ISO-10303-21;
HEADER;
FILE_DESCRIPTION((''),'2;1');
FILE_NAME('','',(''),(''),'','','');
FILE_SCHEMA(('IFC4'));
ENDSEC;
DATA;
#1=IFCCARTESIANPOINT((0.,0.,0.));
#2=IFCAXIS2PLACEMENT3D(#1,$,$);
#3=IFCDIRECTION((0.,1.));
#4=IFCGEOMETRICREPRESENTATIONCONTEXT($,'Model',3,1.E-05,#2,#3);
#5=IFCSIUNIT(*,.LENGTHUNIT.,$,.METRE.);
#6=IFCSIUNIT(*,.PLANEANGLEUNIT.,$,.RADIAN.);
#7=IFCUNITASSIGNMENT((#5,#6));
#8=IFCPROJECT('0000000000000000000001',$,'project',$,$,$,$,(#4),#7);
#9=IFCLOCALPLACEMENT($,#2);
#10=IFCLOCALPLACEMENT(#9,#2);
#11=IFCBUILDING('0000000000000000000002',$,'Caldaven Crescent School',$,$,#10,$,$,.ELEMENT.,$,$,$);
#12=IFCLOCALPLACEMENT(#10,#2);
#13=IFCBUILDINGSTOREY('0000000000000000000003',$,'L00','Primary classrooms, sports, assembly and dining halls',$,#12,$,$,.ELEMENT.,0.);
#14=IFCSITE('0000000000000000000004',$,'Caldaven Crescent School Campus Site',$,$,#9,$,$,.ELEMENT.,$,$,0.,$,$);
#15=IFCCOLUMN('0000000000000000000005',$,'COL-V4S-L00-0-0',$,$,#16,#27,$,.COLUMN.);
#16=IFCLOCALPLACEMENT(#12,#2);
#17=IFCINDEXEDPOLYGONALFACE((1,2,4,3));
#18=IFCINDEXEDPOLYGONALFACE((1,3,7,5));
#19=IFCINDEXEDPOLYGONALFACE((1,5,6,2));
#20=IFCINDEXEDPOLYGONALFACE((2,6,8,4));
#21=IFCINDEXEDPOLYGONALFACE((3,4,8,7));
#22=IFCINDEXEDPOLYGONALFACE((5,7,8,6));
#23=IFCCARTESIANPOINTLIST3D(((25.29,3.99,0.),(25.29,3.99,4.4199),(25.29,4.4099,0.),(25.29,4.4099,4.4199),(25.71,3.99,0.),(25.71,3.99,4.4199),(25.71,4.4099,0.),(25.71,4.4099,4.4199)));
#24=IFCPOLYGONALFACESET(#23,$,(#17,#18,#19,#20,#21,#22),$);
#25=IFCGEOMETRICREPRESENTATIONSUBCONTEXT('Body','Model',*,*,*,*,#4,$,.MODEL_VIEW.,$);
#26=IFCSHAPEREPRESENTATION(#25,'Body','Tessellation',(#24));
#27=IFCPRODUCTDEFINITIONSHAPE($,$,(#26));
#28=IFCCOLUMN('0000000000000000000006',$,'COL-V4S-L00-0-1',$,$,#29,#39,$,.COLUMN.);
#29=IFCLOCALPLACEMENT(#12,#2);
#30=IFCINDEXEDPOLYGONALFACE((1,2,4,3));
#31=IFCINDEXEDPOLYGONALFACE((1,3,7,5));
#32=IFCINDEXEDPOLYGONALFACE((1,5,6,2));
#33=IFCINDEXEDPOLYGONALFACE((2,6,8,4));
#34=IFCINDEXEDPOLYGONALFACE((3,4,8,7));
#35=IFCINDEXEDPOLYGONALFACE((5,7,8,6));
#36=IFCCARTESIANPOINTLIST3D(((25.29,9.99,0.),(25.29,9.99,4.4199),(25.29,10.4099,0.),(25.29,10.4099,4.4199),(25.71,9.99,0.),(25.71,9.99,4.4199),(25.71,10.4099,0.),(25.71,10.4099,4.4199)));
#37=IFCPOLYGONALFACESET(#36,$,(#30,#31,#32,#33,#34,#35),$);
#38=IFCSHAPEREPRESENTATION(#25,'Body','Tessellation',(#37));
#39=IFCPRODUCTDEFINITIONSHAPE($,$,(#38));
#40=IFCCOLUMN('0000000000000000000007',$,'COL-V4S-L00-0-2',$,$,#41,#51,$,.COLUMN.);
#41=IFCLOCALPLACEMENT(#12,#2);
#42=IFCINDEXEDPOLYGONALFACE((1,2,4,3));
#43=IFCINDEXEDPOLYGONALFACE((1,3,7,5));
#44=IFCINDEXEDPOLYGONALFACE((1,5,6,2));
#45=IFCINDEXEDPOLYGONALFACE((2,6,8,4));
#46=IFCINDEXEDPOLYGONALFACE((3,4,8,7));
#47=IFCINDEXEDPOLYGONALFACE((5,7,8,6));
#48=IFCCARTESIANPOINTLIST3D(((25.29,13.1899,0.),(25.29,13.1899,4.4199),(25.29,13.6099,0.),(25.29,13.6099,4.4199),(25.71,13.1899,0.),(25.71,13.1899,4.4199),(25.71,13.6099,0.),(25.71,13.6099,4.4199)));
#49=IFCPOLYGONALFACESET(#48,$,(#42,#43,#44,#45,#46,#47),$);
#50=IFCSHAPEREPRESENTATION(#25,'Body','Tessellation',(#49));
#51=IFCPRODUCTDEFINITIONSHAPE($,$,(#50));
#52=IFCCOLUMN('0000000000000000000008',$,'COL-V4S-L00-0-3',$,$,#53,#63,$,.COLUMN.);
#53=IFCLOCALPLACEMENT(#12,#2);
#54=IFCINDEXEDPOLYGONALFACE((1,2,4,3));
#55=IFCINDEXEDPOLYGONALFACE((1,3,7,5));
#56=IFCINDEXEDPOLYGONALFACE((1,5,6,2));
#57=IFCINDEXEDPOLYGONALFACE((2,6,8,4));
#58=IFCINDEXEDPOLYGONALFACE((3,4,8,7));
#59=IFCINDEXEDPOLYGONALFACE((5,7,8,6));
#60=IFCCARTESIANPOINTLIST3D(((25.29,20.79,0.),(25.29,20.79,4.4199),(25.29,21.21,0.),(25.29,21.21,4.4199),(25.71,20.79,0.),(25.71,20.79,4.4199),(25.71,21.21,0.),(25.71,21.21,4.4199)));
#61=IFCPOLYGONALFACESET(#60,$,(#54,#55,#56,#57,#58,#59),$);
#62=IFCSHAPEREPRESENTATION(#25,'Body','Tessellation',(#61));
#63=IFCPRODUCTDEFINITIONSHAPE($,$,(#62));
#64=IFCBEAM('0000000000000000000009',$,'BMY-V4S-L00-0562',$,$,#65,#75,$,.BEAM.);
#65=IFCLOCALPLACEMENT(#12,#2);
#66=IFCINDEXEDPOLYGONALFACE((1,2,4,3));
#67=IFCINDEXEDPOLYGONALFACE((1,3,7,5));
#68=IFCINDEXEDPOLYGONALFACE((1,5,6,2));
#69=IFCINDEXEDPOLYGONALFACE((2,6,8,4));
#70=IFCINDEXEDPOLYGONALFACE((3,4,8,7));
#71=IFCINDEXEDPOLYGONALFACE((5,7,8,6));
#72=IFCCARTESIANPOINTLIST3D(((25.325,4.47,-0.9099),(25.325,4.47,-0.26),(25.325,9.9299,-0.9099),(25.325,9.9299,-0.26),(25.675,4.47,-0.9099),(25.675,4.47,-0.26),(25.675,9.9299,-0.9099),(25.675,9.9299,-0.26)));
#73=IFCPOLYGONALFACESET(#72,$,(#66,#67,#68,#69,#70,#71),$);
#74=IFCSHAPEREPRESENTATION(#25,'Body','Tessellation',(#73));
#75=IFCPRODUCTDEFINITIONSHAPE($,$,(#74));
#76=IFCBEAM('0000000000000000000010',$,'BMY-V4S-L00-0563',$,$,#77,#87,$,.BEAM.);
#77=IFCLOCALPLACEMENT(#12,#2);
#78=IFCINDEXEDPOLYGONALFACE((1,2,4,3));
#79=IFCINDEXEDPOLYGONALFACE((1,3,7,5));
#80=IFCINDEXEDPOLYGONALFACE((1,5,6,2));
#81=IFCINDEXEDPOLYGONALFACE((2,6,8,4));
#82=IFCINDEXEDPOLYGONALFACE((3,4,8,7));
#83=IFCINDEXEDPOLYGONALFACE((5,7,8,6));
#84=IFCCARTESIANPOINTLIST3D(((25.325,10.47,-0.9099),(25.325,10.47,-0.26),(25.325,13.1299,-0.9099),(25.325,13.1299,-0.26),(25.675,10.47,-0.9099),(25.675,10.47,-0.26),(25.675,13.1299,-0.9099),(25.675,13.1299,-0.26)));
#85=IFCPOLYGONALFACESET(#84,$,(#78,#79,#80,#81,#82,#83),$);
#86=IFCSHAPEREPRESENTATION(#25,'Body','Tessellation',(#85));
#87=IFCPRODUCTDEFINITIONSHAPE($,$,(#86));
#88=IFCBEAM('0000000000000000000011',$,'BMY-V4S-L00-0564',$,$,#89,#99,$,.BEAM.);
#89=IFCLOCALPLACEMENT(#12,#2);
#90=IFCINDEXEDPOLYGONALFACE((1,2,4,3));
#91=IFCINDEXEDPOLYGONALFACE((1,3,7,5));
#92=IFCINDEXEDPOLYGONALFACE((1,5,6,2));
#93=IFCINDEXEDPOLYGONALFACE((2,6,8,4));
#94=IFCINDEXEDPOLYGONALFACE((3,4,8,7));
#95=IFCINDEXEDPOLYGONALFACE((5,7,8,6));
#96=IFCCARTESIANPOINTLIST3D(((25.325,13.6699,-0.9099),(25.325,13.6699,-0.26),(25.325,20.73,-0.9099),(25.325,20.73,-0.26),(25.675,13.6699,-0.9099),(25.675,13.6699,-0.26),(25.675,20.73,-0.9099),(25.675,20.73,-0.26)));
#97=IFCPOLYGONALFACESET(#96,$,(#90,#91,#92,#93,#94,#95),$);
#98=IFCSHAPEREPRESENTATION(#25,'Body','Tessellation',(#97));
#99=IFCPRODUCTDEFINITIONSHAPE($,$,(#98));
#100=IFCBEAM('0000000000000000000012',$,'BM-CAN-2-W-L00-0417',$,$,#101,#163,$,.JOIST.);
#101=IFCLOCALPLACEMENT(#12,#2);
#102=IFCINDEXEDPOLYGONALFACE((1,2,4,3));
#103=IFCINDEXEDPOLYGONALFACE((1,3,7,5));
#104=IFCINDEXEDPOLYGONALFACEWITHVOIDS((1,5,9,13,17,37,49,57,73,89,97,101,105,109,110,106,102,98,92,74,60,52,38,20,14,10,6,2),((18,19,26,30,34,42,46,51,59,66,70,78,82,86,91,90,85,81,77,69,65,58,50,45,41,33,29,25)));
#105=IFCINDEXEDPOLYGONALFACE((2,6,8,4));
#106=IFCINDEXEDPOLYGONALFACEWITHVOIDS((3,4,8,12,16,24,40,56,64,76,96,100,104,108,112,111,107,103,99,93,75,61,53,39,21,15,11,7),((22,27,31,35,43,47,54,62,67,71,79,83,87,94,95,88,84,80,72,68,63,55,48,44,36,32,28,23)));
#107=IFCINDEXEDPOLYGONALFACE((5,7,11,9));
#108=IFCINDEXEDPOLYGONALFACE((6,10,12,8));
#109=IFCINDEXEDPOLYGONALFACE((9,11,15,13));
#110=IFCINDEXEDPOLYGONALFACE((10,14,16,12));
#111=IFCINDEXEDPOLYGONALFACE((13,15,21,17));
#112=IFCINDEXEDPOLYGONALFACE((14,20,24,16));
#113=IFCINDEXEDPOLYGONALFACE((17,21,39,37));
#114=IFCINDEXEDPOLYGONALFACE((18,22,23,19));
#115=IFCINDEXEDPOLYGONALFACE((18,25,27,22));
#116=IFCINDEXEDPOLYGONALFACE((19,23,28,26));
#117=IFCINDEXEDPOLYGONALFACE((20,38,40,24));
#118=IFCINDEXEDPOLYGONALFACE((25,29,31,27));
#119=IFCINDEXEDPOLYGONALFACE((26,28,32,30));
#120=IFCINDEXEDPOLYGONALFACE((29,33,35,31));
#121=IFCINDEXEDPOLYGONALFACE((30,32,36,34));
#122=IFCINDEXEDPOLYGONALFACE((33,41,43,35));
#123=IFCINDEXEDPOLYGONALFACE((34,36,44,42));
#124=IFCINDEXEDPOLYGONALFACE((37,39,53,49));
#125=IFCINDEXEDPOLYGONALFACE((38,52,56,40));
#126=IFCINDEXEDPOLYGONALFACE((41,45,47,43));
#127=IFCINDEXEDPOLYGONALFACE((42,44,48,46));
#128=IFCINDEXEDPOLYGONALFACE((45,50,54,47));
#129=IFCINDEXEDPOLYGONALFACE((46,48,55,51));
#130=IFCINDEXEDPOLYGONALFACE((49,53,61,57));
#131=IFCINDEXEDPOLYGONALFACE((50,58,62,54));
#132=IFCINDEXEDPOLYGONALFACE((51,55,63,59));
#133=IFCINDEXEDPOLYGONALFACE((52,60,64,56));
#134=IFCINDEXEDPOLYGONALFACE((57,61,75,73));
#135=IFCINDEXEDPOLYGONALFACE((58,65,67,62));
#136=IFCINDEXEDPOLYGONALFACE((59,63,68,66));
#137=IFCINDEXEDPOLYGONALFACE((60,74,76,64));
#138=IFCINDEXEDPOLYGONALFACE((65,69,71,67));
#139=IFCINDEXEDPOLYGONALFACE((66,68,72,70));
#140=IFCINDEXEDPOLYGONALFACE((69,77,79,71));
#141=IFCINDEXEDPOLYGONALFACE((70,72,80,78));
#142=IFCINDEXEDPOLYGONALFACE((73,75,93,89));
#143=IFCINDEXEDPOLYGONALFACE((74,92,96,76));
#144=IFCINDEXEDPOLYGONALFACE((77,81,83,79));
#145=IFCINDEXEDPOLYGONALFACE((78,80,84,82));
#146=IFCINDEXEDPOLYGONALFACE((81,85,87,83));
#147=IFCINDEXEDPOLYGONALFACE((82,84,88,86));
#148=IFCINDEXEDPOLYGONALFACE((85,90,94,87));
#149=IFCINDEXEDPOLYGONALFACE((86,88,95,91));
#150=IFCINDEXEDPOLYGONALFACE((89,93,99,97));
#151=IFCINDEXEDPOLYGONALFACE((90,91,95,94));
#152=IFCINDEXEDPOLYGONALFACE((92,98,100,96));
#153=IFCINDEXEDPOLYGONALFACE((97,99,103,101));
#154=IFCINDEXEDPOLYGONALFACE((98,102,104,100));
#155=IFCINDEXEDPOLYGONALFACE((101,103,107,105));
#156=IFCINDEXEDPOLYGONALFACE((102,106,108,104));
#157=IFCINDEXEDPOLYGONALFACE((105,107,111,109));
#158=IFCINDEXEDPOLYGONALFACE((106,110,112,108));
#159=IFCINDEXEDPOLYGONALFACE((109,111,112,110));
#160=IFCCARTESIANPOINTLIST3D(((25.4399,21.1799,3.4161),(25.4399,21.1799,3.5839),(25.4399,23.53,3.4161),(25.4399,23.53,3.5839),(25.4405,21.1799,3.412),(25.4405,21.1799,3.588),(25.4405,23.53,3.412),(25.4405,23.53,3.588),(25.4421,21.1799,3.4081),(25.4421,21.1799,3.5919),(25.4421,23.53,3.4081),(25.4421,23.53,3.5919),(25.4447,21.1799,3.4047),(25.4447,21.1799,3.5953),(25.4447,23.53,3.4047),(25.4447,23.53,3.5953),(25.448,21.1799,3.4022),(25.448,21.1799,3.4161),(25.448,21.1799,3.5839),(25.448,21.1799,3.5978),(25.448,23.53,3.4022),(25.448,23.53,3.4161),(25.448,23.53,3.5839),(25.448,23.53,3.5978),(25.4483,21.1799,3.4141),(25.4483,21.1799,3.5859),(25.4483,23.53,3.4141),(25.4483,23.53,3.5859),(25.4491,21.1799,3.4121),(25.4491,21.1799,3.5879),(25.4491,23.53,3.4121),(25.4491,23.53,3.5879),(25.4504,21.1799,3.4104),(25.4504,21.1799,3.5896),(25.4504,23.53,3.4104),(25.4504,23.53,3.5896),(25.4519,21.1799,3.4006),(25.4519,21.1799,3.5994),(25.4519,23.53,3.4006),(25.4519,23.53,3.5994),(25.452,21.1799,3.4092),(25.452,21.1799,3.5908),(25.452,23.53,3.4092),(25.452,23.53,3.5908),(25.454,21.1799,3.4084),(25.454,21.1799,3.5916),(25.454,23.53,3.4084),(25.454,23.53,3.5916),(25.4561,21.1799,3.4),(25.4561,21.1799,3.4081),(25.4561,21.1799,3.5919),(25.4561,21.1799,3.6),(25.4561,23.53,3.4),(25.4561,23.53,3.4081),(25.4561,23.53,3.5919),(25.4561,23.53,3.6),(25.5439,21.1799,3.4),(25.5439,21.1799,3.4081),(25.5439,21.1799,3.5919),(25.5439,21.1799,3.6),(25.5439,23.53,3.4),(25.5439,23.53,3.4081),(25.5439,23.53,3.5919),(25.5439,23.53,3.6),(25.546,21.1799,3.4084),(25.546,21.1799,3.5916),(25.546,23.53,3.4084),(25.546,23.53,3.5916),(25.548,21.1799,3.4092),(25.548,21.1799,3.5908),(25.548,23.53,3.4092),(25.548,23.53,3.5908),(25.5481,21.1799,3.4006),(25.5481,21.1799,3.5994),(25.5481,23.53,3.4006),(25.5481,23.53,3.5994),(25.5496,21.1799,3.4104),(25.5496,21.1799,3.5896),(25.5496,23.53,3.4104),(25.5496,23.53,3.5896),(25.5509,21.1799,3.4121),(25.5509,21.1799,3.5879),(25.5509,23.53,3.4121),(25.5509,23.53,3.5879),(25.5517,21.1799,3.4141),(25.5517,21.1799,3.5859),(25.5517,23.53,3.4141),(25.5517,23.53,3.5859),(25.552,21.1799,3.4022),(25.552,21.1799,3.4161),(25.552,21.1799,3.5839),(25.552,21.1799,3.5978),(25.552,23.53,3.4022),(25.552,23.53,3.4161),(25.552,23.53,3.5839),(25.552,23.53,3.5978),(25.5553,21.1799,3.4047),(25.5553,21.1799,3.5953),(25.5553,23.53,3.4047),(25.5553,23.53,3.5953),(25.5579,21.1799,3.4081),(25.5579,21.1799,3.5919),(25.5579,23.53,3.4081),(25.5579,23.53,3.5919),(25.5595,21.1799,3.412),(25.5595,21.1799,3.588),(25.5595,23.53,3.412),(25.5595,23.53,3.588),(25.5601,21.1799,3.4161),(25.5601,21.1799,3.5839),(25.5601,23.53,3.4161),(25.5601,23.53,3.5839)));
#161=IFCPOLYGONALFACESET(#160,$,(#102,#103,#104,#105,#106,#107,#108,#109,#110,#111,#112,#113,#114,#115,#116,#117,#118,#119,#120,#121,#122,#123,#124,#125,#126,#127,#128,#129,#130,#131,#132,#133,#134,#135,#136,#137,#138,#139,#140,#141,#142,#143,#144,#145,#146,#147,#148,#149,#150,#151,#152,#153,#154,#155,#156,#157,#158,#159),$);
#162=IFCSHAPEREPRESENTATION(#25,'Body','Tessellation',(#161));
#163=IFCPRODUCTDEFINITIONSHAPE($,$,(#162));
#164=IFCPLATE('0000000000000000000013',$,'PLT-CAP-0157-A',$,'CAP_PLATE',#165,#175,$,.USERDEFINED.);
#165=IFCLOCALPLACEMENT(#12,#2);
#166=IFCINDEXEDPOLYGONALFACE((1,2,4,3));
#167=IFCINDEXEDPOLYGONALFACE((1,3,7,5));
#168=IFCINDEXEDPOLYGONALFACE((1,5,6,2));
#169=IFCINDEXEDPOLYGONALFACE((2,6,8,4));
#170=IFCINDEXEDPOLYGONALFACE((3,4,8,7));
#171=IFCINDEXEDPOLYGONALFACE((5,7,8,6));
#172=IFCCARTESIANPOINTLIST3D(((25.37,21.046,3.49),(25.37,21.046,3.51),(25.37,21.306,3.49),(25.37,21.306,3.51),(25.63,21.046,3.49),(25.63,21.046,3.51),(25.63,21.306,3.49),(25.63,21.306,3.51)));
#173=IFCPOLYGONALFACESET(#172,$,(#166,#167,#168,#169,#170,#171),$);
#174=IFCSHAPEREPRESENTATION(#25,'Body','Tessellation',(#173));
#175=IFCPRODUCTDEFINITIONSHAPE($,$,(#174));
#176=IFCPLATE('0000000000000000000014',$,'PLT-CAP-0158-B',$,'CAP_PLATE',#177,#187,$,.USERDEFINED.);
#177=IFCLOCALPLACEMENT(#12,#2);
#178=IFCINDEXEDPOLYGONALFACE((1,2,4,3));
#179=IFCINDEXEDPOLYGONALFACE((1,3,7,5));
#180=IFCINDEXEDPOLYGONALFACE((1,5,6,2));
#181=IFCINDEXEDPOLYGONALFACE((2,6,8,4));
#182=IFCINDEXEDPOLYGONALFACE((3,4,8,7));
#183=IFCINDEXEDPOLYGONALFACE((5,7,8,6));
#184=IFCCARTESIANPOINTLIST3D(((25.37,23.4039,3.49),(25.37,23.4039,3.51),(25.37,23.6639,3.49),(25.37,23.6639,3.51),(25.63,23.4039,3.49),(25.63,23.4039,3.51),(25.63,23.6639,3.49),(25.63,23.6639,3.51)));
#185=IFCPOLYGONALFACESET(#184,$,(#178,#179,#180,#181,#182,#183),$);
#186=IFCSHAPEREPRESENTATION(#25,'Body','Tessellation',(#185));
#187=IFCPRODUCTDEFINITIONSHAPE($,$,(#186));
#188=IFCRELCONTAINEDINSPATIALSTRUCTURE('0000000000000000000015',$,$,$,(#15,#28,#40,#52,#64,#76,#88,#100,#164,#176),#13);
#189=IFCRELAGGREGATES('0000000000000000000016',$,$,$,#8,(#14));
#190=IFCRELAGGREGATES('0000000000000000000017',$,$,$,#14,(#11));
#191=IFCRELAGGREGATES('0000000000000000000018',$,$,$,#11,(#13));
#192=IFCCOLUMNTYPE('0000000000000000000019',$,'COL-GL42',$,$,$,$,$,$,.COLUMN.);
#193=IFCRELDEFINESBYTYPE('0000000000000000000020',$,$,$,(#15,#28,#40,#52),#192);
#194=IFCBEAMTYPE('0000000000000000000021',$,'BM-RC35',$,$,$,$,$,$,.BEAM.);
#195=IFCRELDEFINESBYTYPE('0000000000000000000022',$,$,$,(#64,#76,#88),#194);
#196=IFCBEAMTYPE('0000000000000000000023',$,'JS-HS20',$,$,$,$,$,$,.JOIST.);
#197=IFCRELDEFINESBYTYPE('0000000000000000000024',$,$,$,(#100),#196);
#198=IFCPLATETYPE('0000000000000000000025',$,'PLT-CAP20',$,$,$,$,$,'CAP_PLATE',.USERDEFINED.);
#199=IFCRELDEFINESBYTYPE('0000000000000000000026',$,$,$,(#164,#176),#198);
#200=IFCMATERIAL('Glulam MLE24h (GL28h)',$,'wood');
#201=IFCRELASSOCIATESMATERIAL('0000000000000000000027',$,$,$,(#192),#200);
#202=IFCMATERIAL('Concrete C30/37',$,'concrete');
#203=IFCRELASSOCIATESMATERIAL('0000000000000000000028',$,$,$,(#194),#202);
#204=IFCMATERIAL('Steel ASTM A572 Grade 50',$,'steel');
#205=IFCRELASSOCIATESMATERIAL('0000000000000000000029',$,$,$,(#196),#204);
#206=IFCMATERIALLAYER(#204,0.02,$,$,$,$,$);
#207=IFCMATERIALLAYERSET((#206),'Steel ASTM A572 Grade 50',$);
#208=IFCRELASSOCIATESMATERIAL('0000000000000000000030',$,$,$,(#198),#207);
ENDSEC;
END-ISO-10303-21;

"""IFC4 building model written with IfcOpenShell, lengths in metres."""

from ifc_helpers import new_model, si_unit, direction, frame, origin, origin_2d, place, context, subcontext, project, spatial, rectangle, hollow_rectangle, extrude, material, layer, layer_set, material_profile, profile_set, type_object, element, save


model = new_model("IFC4")

# Units and contexts
model_context = context("Model", 3, precision=1e-05, world=origin(), true_north=direction((0.0, 1.0)))
body_context = subcontext(model_context, "Body", "Model", "MODEL_VIEW")
ifc_project = project(units=[si_unit("LENGTHUNIT", "METRE"), si_unit("PLANEANGLEUNIT", "RADIAN")], contexts=[model_context])

# Site, building, storey
site_placement = place(None, origin())
site = spatial("IfcSite", under=ifc_project, at=site_placement, Name="Caldaven Crescent School Campus Site", CompositionType="ELEMENT", RefElevation=0.0)
building_placement = place(site_placement, origin())
building = spatial("IfcBuilding", under=site, at=building_placement, Name="Caldaven Crescent School", CompositionType="ELEMENT")
storey_placement = place(building_placement, origin())
storey = spatial("IfcBuildingStorey", under=building, at=storey_placement, Name="L00", Description="Primary classrooms, sports, assembly and dining halls", CompositionType="ELEMENT", Elevation=0.0)

# Columns
ifc_material_1 = material(Name="Glulam MLE24h (GL28h)", Category="wood")
ifc_material_profile_1 = material_profile(ifc_material_1, rectangle(XDim=0.4199, YDim=0.4199, at=origin_2d()), Name="MLE 420x420")
ifc_profile_set_1 = profile_set([ifc_material_profile_1], Name="Glulam MLE24h (GL28h)")
column_type = type_object("IfcColumnType", Name="COL-GL42", PredefinedType="COLUMN", material=ifc_profile_set_1)
for number, where, z_axis, x_axis, name in (
    (1, (25.5, 4.2, 0.0), (0.0, 0.0, 1.0), (1.0, 0.0, 0.0), "COL-V4S-L00-0-0"),
    (2, (25.5, 10.2, 0.0), (0.0, 0.0, 1.0), (1.0, 0.0, 0.0), "COL-V4S-L00-0-1"),
    (3, (25.5, 13.3999, 0.0), (0.0, 0.0, 1.0), (1.0, 0.0, 0.0), "COL-V4S-L00-0-2"),
    (4, (25.5, 21.0, 0.0), (0.0, 0.0, 1.0), (1.0, 0.0, 0.0), "COL-V4S-L00-0-3"),
):
    element("IfcColumn", number, at=place(storey_placement, frame(where, z_axis=z_axis, x_axis=x_axis)), inside=storey, type_object=column_type, Name=name, PredefinedType="COLUMN", context=body_context, shape_type="SweptSolid", body=[
        extrude(rectangle(XDim=0.4199, YDim=0.4199, at=origin_2d()), origin(), (0.0, 0.0, 1.0), 4.4199),
    ])

# Beams
ifc_material_2 = material(Name="Concrete C30/37", Category="concrete")
ifc_material_profile_2 = material_profile(ifc_material_2, rectangle(XDim=0.3501, YDim=0.6499, at=origin_2d()), Name="RC 350x650")
ifc_profile_set_2 = profile_set([ifc_material_profile_2], Name="Concrete C30/37")
beam_type_1 = type_object("IfcBeamType", Name="BM-RC35", PredefinedType="BEAM", material=ifc_profile_set_2)
beam_1_placement = place(storey_placement, frame((25.5, 4.47, -0.585), z_axis=(0.0, 1.0, 0.0), x_axis=(-1.0, 0.0, 0.0)))
element("IfcBeam", 5, at=beam_1_placement, inside=storey, type_object=beam_type_1, Name="BMY-V4S-L00-0562", PredefinedType="BEAM", context=body_context, shape_type="SweptSolid", body=[
    extrude(rectangle(XDim=0.3501, YDim=0.6499, at=origin_2d()), origin(), (0.0, 0.0, 1.0), 5.46),
])
beam_2_placement = place(storey_placement, frame((25.5, 10.47, -0.585), z_axis=(0.0, 1.0, 0.0), x_axis=(-1.0, 0.0, 0.0)))
element("IfcBeam", 6, at=beam_2_placement, inside=storey, type_object=beam_type_1, Name="BMY-V4S-L00-0563", PredefinedType="BEAM", context=body_context, shape_type="SweptSolid", body=[
    extrude(rectangle(XDim=0.3501, YDim=0.6499, at=origin_2d()), origin(), (0.0, 0.0, 1.0), 2.6599),
])
beam_3_placement = place(storey_placement, frame((25.5, 13.6699, -0.585), z_axis=(0.0, 1.0, 0.0), x_axis=(-1.0, 0.0, 0.0)))
element("IfcBeam", 7, at=beam_3_placement, inside=storey, type_object=beam_type_1, Name="BMY-V4S-L00-0564", PredefinedType="BEAM", context=body_context, shape_type="SweptSolid", body=[
    extrude(rectangle(XDim=0.3501, YDim=0.6499, at=origin_2d()), origin(), (0.0, 0.0, 1.0), 7.0601),
])
ifc_material_3 = material(Name="Steel ASTM A572 Grade 50", Category="steel")
ifc_material_profile_3 = material_profile(ifc_material_3, hollow_rectangle(XDim=0.1201, YDim=0.2, WallThickness=0.0081, InnerFilletRadius=0.0081, OuterFilletRadius=0.0161, at=origin_2d()), Name="HSS 120x200x8")
ifc_profile_set_3 = profile_set([ifc_material_profile_3], Name="Steel ASTM A572 Grade 50")
beam_type_2 = type_object("IfcBeamType", Name="JS-HS20", PredefinedType="JOIST", material=ifc_profile_set_3)
beam_4_placement = place(storey_placement, frame((25.5, 21.1799, 3.5), z_axis=(0.0, 1.0, 0.0), x_axis=(-1.0, 0.0, 0.0)))
element("IfcBeam", 8, at=beam_4_placement, inside=storey, type_object=beam_type_2, Name="BM-CAN-2-W-L00-0417", PredefinedType="JOIST", context=body_context, shape_type="SweptSolid", body=[
    extrude(hollow_rectangle(XDim=0.1201, YDim=0.2, WallThickness=0.0081, InnerFilletRadius=0.0081, OuterFilletRadius=0.0161, at=origin_2d()), origin(), (0.0, 0.0, 1.0), 2.3501),
])

# Plates
ifc_layer_1 = layer(ifc_material_3, 0.02)
ifc_layer_set_1 = layer_set([ifc_layer_1], Name="Steel ASTM A572 Grade 50")
plate_type = type_object("IfcPlateType", Name="PLT-CAP20", ElementType="CAP_PLATE", PredefinedType="USERDEFINED", material=ifc_layer_set_1)
for number, where, z_axis, x_axis, name in (
    (9, (25.5, 21.176, 3.49), (0.0, 0.0, 1.0), (0.0, 1.0, 0.0), "PLT-CAP-0157-A"),
    (10, (25.5, 23.5339, 3.49), (0.0, 0.0, 1.0), (0.0, 1.0, 0.0), "PLT-CAP-0158-B"),
):
    element("IfcPlate", number, at=place(storey_placement, frame(where, z_axis=z_axis, x_axis=x_axis)), inside=storey, type_object=plate_type, Name=name, ObjectType="CAP_PLATE", PredefinedType="USERDEFINED", context=body_context, shape_type="SweptSolid", body=[
        extrude(rectangle(XDim=0.26, YDim=0.26, at=origin_2d()), origin(), (0.0, 0.0, 1.0), 0.02),
    ])

save(model, "model.ifc")
